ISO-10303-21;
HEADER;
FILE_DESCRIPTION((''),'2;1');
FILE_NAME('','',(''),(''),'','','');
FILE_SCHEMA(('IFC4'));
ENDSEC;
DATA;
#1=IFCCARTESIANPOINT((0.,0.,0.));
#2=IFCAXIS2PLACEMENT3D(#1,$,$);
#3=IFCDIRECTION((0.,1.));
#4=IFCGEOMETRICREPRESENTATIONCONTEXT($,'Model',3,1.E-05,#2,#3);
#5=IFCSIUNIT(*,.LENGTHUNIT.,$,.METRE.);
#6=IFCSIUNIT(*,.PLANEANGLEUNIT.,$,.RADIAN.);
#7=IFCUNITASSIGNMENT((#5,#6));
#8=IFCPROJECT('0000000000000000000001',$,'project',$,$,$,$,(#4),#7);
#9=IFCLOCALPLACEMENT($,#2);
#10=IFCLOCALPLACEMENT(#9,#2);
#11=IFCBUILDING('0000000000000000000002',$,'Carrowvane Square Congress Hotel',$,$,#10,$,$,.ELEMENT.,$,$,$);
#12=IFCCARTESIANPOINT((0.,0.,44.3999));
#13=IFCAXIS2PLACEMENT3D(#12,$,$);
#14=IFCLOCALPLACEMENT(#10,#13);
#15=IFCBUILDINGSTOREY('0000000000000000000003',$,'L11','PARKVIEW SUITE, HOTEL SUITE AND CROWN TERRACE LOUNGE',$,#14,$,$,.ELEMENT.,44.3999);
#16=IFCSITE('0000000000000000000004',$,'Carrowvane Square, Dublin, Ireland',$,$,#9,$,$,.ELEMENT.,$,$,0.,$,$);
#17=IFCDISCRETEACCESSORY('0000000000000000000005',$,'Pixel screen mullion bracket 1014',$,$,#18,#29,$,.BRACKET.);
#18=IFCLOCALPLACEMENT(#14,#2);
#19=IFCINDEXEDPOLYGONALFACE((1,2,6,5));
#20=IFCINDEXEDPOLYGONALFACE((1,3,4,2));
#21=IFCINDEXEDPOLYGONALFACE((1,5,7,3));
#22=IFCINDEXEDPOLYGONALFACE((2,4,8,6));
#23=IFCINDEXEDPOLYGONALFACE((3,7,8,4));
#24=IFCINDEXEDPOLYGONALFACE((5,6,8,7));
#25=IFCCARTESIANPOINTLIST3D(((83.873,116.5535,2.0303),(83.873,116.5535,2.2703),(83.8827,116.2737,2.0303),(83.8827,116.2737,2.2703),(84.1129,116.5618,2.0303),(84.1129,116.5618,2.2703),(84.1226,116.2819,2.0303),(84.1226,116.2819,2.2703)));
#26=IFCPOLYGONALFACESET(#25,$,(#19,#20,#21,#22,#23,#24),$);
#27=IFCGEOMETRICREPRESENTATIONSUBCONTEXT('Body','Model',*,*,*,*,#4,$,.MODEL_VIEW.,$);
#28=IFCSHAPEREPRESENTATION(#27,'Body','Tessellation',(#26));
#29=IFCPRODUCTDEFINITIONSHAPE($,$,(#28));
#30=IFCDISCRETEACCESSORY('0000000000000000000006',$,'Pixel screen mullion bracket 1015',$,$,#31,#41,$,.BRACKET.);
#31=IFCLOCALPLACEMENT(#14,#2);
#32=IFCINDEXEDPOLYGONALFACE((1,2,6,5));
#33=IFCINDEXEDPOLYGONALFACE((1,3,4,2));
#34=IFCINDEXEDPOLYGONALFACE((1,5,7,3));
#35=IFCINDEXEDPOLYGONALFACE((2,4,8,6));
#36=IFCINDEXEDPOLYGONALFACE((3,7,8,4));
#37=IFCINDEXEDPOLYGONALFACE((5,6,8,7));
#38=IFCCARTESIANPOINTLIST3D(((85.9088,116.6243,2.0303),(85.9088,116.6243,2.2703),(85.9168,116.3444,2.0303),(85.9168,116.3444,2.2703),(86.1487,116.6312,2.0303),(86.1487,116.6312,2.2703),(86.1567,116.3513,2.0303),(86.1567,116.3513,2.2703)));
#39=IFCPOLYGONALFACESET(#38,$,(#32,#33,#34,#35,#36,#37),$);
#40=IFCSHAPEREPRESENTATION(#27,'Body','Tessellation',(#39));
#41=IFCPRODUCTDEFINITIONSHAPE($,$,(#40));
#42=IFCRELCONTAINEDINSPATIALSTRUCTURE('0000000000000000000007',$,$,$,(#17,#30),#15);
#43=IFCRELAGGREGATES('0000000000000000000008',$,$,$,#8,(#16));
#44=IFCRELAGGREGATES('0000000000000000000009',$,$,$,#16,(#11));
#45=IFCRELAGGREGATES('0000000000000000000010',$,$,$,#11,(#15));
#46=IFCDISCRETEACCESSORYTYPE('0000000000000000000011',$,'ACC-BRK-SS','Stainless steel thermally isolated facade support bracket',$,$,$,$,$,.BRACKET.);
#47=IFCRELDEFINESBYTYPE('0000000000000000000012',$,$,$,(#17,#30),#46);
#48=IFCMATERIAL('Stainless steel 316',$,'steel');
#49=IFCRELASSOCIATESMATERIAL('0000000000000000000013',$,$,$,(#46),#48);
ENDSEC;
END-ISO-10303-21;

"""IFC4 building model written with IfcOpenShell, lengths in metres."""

from ifc_helpers import new_model, si_unit, direction, frame, origin, origin_2d, place, context, subcontext, project, spatial, rectangle, extrude, material, type_object, element, save


model = new_model("IFC4")

# Units and contexts
model_context = context("Model", 3, precision=1e-05, world=origin(), true_north=direction((0.0, 1.0)))
body_context = subcontext(model_context, "Body", "Model", "MODEL_VIEW")
ifc_project = project(units=[si_unit("LENGTHUNIT", "METRE"), si_unit("PLANEANGLEUNIT", "RADIAN")], contexts=[model_context])

# Site, building, storey
site_placement = place(None, origin())
site = spatial("IfcSite", under=ifc_project, at=site_placement, Name="Carrowvane Square, Dublin, Ireland", CompositionType="ELEMENT", RefElevation=0.0)
building_placement = place(site_placement, origin())
building = spatial("IfcBuilding", under=site, at=building_placement, Name="Carrowvane Square Congress Hotel", CompositionType="ELEMENT")
storey_placement = place(building_placement, frame((0.0, 0.0, 44.3999)))
storey = spatial("IfcBuildingStorey", under=building, at=storey_placement, Name="L11", Description="PARKVIEW SUITE, HOTEL SUITE AND CROWN TERRACE LOUNGE", CompositionType="ELEMENT", Elevation=44.3999)

# Discrete accessories
ifc_material_1 = material(Name="Stainless steel 316", Category="steel")
discrete_accessory_type = type_object("IfcDiscreteAccessoryType", Name="ACC-BRK-SS", Description="Stainless steel thermally isolated facade support bracket", PredefinedType="BRACKET", material=ifc_material_1)
for number, where, z_axis, x_axis, name in (
    (1, (83.9978, 116.4177, 2.0303), (0.0, 0.0, 1.0), (0.999404, 0.034527, 0.0), "Pixel screen mullion bracket 1014"),
    (2, (86.0327, 116.4878, 2.0303), (0.0, 0.0, 1.0), (0.99959, 0.028639, 0.0), "Pixel screen mullion bracket 1015"),
):
    element("IfcDiscreteAccessory", number, at=place(storey_placement, frame(where, z_axis=z_axis, x_axis=x_axis)), inside=storey, type_object=discrete_accessory_type, Name=name, PredefinedType="BRACKET", context=body_context, shape_type="SweptSolid", body=[
        extrude(rectangle(XDim=0.24, YDim=0.28, at=origin_2d()), origin(), (0.0, 0.0, 1.0), 0.24),
    ])

save(model, "model.ifc")
